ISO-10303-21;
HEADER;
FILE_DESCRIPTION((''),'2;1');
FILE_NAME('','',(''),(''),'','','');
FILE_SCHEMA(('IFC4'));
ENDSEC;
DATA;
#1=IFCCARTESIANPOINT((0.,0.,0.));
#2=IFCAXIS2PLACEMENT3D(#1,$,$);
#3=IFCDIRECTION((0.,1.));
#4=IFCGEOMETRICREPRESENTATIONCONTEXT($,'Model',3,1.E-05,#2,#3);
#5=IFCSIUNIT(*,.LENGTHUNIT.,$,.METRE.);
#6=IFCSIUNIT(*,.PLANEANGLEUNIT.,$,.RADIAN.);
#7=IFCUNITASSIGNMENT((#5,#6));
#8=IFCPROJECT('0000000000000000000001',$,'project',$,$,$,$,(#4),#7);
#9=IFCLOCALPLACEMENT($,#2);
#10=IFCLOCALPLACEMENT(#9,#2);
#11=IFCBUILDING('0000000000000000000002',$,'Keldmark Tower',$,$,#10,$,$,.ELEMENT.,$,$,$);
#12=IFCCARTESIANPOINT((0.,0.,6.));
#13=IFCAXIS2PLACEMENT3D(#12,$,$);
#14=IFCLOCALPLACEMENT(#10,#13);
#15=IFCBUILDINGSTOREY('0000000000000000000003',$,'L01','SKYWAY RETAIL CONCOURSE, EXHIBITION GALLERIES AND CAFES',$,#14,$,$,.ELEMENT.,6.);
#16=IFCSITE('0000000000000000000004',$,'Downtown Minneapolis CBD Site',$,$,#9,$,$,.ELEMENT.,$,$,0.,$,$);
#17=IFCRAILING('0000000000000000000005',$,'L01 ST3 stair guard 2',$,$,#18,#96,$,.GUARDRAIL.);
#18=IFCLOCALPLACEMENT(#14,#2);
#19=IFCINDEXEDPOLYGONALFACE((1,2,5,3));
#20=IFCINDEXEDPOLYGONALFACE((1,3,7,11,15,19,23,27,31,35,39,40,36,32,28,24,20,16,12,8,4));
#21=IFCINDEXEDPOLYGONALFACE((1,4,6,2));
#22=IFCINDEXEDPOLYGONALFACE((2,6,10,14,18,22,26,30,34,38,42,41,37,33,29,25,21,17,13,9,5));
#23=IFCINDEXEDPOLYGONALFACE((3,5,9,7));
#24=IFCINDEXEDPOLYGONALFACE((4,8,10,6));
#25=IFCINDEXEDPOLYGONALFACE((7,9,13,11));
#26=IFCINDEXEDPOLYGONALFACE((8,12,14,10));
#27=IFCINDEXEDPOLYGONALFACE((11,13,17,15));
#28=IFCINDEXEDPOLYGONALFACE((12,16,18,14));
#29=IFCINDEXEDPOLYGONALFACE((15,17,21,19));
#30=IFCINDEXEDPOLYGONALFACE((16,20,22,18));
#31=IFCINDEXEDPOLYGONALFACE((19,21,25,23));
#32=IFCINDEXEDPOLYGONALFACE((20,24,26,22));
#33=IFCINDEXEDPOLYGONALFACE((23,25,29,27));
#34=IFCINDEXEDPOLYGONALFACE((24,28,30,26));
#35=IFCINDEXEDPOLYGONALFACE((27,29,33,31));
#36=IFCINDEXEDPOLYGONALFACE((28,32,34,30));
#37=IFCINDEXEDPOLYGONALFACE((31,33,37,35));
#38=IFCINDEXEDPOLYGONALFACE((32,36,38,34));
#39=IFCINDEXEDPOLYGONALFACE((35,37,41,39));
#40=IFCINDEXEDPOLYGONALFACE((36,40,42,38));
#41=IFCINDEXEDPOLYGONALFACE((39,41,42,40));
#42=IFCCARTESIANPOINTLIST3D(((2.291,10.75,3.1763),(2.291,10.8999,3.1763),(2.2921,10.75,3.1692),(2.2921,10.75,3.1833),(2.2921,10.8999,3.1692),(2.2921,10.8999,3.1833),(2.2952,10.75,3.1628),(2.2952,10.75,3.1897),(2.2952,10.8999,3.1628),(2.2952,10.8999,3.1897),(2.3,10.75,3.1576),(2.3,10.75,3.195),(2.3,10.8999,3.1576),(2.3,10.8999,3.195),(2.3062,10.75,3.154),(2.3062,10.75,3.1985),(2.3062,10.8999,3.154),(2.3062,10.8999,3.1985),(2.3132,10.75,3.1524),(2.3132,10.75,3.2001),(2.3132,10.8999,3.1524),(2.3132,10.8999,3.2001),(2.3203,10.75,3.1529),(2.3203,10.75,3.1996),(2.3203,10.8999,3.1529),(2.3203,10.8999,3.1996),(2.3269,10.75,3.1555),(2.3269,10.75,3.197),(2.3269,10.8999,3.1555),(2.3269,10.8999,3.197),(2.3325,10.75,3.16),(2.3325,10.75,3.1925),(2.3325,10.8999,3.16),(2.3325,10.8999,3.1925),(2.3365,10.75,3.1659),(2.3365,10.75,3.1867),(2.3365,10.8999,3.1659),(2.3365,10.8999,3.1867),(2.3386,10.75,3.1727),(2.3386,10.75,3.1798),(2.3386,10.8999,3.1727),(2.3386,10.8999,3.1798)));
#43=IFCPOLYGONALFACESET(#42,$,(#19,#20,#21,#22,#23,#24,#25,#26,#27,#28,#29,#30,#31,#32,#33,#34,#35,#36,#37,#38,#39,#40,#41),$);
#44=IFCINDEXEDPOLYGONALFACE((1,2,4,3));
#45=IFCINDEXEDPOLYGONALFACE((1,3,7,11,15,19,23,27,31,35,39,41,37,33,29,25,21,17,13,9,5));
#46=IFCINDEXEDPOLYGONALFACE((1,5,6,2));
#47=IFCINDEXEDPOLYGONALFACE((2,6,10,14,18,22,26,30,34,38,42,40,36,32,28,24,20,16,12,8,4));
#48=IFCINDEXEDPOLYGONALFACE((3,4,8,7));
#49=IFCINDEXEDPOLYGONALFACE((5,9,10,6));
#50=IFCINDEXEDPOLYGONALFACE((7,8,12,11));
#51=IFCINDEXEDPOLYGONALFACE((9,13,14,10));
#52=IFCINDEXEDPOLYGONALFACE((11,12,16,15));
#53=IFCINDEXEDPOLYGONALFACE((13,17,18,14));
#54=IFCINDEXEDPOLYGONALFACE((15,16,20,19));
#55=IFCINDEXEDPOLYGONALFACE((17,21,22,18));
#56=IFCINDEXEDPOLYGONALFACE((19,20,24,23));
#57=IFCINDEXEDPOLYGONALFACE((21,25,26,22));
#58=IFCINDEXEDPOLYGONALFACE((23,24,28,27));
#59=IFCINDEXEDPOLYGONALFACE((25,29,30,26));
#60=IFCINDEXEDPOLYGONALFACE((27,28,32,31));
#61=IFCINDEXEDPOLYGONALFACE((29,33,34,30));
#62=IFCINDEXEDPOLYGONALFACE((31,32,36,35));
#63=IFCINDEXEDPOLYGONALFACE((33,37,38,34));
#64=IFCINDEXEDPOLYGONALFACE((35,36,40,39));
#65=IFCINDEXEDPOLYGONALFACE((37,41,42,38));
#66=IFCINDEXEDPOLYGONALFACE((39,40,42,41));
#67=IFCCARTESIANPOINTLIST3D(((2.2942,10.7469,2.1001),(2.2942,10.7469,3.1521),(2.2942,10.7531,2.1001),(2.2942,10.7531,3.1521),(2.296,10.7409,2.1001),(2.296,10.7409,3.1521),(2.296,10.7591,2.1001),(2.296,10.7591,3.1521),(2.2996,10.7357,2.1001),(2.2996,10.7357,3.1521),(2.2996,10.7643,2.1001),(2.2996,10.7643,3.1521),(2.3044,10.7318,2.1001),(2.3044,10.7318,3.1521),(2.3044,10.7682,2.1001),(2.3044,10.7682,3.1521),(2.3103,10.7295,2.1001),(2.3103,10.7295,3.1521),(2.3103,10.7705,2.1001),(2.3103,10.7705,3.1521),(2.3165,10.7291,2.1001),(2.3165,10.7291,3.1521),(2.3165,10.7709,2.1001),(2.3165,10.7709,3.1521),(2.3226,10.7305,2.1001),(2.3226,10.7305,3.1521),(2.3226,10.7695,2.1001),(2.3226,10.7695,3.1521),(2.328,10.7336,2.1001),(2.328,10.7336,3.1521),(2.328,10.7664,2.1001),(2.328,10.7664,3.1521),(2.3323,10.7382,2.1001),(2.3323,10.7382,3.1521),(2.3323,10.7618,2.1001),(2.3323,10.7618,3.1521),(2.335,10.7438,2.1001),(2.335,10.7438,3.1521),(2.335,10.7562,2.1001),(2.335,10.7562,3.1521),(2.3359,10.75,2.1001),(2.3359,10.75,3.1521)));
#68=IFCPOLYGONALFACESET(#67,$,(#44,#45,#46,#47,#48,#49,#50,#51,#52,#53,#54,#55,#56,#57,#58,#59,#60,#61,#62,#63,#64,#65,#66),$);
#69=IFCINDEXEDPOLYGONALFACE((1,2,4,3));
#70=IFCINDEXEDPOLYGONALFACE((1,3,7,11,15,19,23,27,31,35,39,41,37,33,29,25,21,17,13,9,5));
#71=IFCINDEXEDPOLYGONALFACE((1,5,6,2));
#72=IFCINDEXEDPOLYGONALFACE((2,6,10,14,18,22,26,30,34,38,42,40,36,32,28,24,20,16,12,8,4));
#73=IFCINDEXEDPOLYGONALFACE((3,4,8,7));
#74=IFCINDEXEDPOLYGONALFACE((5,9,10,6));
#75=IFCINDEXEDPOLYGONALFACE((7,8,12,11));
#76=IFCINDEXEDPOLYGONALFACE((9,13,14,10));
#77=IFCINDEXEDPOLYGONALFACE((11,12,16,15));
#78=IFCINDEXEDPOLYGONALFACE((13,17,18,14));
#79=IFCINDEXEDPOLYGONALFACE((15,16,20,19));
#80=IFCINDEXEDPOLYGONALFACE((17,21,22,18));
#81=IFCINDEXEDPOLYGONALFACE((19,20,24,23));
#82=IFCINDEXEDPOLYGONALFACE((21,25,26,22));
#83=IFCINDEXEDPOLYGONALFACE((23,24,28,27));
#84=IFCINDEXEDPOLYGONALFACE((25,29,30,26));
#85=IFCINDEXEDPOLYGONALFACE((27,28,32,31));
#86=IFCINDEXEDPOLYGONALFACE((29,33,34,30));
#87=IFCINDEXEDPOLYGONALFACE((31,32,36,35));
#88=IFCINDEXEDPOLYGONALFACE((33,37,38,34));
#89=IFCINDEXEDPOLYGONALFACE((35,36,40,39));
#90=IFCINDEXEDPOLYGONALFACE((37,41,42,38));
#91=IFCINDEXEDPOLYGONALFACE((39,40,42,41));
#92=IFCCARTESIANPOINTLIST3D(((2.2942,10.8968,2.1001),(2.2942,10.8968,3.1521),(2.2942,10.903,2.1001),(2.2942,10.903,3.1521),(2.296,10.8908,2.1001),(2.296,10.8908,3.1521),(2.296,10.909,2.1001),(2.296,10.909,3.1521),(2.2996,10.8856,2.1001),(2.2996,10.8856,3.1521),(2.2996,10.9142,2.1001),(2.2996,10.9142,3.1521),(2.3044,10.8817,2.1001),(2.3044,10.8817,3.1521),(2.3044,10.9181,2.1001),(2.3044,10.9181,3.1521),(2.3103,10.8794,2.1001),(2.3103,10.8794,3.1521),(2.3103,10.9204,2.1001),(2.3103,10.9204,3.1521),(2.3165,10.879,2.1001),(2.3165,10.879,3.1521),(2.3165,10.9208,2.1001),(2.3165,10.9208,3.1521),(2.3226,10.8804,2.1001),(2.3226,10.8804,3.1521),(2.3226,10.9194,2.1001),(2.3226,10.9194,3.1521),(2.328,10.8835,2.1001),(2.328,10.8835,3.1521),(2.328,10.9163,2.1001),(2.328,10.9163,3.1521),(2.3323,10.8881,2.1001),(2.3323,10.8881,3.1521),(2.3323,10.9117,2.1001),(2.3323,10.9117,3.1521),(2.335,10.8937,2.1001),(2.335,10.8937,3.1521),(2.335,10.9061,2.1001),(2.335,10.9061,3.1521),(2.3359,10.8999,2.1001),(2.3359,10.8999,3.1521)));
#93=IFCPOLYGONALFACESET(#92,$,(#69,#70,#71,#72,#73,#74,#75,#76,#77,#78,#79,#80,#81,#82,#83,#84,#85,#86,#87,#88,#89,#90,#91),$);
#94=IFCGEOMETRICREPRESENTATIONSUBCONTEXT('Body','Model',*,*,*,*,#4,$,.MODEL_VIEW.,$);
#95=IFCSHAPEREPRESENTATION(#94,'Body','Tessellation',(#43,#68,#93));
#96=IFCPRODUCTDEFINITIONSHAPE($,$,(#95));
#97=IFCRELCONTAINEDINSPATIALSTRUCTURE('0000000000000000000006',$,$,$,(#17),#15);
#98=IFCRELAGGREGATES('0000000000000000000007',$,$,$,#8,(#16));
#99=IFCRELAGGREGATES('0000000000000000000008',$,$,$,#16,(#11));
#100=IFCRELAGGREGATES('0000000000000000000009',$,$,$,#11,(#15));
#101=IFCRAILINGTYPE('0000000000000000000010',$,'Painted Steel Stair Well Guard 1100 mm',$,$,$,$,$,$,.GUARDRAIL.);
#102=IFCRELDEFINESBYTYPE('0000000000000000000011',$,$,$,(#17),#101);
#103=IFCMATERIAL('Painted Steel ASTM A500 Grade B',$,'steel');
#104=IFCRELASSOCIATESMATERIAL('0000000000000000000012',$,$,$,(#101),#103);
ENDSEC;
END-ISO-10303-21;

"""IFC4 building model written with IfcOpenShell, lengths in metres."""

from ifc_helpers import new_model, si_unit, direction, frame, origin, origin_2d, place, context, subcontext, project, spatial, circle, extrude, material, type_object, element, save


model = new_model("IFC4")

# Units and contexts
model_context = context("Model", 3, precision=1e-05, world=origin(), true_north=direction((0.0, 1.0)))
body_context = subcontext(model_context, "Body", "Model", "MODEL_VIEW")
ifc_project = project(units=[si_unit("LENGTHUNIT", "METRE"), si_unit("PLANEANGLEUNIT", "RADIAN")], contexts=[model_context])

# Site, building, storey
site_placement = place(None, origin())
site = spatial("IfcSite", under=ifc_project, at=site_placement, Name="Downtown Minneapolis CBD Site", CompositionType="ELEMENT", RefElevation=0.0)
building_placement = place(site_placement, origin())
building = spatial("IfcBuilding", under=site, at=building_placement, Name="Keldmark Tower", CompositionType="ELEMENT")
storey_placement = place(building_placement, frame((0.0, 0.0, 6.0)))
storey = spatial("IfcBuildingStorey", under=building, at=storey_placement, Name="L01", Description="SKYWAY RETAIL CONCOURSE, EXHIBITION GALLERIES AND CAFES", CompositionType="ELEMENT", Elevation=6.0)

# Railing
ifc_material_1 = material(Name="Painted Steel ASTM A500 Grade B", Category="steel")
railing_type_1 = type_object("IfcRailingType", Name="Painted Steel Stair Well Guard 1100 mm", PredefinedType="GUARDRAIL", material=ifc_material_1)
railing_1_placement = place(storey_placement, frame((2.3149, 10.75, 2.1001)))
element("IfcRailing", 1, at=railing_1_placement, inside=storey, type_object=railing_type_1, Name="L01 ST3 stair guard 2", PredefinedType="GUARDRAIL", context=body_context, shape_type="SweptSolid", body=[
    extrude(circle(Radius=0.0239, at=origin_2d()), frame((0.0, 0.0, 1.0762), z_axis=(0.0, 1.0, 0.0), x_axis=(-1.0, 0.0, 0.0)), (0.0, 0.0, 1.0), 0.1499),
    extrude(circle(Radius=0.021, at=origin_2d()), origin(), (0.0, 0.0, 1.0), 1.052),
    extrude(circle(Radius=0.021, at=origin_2d()), frame((0.0, 0.1499, 0.0)), (0.0, 0.0, 1.0), 1.052),
])

save(model, "model.ifc")
